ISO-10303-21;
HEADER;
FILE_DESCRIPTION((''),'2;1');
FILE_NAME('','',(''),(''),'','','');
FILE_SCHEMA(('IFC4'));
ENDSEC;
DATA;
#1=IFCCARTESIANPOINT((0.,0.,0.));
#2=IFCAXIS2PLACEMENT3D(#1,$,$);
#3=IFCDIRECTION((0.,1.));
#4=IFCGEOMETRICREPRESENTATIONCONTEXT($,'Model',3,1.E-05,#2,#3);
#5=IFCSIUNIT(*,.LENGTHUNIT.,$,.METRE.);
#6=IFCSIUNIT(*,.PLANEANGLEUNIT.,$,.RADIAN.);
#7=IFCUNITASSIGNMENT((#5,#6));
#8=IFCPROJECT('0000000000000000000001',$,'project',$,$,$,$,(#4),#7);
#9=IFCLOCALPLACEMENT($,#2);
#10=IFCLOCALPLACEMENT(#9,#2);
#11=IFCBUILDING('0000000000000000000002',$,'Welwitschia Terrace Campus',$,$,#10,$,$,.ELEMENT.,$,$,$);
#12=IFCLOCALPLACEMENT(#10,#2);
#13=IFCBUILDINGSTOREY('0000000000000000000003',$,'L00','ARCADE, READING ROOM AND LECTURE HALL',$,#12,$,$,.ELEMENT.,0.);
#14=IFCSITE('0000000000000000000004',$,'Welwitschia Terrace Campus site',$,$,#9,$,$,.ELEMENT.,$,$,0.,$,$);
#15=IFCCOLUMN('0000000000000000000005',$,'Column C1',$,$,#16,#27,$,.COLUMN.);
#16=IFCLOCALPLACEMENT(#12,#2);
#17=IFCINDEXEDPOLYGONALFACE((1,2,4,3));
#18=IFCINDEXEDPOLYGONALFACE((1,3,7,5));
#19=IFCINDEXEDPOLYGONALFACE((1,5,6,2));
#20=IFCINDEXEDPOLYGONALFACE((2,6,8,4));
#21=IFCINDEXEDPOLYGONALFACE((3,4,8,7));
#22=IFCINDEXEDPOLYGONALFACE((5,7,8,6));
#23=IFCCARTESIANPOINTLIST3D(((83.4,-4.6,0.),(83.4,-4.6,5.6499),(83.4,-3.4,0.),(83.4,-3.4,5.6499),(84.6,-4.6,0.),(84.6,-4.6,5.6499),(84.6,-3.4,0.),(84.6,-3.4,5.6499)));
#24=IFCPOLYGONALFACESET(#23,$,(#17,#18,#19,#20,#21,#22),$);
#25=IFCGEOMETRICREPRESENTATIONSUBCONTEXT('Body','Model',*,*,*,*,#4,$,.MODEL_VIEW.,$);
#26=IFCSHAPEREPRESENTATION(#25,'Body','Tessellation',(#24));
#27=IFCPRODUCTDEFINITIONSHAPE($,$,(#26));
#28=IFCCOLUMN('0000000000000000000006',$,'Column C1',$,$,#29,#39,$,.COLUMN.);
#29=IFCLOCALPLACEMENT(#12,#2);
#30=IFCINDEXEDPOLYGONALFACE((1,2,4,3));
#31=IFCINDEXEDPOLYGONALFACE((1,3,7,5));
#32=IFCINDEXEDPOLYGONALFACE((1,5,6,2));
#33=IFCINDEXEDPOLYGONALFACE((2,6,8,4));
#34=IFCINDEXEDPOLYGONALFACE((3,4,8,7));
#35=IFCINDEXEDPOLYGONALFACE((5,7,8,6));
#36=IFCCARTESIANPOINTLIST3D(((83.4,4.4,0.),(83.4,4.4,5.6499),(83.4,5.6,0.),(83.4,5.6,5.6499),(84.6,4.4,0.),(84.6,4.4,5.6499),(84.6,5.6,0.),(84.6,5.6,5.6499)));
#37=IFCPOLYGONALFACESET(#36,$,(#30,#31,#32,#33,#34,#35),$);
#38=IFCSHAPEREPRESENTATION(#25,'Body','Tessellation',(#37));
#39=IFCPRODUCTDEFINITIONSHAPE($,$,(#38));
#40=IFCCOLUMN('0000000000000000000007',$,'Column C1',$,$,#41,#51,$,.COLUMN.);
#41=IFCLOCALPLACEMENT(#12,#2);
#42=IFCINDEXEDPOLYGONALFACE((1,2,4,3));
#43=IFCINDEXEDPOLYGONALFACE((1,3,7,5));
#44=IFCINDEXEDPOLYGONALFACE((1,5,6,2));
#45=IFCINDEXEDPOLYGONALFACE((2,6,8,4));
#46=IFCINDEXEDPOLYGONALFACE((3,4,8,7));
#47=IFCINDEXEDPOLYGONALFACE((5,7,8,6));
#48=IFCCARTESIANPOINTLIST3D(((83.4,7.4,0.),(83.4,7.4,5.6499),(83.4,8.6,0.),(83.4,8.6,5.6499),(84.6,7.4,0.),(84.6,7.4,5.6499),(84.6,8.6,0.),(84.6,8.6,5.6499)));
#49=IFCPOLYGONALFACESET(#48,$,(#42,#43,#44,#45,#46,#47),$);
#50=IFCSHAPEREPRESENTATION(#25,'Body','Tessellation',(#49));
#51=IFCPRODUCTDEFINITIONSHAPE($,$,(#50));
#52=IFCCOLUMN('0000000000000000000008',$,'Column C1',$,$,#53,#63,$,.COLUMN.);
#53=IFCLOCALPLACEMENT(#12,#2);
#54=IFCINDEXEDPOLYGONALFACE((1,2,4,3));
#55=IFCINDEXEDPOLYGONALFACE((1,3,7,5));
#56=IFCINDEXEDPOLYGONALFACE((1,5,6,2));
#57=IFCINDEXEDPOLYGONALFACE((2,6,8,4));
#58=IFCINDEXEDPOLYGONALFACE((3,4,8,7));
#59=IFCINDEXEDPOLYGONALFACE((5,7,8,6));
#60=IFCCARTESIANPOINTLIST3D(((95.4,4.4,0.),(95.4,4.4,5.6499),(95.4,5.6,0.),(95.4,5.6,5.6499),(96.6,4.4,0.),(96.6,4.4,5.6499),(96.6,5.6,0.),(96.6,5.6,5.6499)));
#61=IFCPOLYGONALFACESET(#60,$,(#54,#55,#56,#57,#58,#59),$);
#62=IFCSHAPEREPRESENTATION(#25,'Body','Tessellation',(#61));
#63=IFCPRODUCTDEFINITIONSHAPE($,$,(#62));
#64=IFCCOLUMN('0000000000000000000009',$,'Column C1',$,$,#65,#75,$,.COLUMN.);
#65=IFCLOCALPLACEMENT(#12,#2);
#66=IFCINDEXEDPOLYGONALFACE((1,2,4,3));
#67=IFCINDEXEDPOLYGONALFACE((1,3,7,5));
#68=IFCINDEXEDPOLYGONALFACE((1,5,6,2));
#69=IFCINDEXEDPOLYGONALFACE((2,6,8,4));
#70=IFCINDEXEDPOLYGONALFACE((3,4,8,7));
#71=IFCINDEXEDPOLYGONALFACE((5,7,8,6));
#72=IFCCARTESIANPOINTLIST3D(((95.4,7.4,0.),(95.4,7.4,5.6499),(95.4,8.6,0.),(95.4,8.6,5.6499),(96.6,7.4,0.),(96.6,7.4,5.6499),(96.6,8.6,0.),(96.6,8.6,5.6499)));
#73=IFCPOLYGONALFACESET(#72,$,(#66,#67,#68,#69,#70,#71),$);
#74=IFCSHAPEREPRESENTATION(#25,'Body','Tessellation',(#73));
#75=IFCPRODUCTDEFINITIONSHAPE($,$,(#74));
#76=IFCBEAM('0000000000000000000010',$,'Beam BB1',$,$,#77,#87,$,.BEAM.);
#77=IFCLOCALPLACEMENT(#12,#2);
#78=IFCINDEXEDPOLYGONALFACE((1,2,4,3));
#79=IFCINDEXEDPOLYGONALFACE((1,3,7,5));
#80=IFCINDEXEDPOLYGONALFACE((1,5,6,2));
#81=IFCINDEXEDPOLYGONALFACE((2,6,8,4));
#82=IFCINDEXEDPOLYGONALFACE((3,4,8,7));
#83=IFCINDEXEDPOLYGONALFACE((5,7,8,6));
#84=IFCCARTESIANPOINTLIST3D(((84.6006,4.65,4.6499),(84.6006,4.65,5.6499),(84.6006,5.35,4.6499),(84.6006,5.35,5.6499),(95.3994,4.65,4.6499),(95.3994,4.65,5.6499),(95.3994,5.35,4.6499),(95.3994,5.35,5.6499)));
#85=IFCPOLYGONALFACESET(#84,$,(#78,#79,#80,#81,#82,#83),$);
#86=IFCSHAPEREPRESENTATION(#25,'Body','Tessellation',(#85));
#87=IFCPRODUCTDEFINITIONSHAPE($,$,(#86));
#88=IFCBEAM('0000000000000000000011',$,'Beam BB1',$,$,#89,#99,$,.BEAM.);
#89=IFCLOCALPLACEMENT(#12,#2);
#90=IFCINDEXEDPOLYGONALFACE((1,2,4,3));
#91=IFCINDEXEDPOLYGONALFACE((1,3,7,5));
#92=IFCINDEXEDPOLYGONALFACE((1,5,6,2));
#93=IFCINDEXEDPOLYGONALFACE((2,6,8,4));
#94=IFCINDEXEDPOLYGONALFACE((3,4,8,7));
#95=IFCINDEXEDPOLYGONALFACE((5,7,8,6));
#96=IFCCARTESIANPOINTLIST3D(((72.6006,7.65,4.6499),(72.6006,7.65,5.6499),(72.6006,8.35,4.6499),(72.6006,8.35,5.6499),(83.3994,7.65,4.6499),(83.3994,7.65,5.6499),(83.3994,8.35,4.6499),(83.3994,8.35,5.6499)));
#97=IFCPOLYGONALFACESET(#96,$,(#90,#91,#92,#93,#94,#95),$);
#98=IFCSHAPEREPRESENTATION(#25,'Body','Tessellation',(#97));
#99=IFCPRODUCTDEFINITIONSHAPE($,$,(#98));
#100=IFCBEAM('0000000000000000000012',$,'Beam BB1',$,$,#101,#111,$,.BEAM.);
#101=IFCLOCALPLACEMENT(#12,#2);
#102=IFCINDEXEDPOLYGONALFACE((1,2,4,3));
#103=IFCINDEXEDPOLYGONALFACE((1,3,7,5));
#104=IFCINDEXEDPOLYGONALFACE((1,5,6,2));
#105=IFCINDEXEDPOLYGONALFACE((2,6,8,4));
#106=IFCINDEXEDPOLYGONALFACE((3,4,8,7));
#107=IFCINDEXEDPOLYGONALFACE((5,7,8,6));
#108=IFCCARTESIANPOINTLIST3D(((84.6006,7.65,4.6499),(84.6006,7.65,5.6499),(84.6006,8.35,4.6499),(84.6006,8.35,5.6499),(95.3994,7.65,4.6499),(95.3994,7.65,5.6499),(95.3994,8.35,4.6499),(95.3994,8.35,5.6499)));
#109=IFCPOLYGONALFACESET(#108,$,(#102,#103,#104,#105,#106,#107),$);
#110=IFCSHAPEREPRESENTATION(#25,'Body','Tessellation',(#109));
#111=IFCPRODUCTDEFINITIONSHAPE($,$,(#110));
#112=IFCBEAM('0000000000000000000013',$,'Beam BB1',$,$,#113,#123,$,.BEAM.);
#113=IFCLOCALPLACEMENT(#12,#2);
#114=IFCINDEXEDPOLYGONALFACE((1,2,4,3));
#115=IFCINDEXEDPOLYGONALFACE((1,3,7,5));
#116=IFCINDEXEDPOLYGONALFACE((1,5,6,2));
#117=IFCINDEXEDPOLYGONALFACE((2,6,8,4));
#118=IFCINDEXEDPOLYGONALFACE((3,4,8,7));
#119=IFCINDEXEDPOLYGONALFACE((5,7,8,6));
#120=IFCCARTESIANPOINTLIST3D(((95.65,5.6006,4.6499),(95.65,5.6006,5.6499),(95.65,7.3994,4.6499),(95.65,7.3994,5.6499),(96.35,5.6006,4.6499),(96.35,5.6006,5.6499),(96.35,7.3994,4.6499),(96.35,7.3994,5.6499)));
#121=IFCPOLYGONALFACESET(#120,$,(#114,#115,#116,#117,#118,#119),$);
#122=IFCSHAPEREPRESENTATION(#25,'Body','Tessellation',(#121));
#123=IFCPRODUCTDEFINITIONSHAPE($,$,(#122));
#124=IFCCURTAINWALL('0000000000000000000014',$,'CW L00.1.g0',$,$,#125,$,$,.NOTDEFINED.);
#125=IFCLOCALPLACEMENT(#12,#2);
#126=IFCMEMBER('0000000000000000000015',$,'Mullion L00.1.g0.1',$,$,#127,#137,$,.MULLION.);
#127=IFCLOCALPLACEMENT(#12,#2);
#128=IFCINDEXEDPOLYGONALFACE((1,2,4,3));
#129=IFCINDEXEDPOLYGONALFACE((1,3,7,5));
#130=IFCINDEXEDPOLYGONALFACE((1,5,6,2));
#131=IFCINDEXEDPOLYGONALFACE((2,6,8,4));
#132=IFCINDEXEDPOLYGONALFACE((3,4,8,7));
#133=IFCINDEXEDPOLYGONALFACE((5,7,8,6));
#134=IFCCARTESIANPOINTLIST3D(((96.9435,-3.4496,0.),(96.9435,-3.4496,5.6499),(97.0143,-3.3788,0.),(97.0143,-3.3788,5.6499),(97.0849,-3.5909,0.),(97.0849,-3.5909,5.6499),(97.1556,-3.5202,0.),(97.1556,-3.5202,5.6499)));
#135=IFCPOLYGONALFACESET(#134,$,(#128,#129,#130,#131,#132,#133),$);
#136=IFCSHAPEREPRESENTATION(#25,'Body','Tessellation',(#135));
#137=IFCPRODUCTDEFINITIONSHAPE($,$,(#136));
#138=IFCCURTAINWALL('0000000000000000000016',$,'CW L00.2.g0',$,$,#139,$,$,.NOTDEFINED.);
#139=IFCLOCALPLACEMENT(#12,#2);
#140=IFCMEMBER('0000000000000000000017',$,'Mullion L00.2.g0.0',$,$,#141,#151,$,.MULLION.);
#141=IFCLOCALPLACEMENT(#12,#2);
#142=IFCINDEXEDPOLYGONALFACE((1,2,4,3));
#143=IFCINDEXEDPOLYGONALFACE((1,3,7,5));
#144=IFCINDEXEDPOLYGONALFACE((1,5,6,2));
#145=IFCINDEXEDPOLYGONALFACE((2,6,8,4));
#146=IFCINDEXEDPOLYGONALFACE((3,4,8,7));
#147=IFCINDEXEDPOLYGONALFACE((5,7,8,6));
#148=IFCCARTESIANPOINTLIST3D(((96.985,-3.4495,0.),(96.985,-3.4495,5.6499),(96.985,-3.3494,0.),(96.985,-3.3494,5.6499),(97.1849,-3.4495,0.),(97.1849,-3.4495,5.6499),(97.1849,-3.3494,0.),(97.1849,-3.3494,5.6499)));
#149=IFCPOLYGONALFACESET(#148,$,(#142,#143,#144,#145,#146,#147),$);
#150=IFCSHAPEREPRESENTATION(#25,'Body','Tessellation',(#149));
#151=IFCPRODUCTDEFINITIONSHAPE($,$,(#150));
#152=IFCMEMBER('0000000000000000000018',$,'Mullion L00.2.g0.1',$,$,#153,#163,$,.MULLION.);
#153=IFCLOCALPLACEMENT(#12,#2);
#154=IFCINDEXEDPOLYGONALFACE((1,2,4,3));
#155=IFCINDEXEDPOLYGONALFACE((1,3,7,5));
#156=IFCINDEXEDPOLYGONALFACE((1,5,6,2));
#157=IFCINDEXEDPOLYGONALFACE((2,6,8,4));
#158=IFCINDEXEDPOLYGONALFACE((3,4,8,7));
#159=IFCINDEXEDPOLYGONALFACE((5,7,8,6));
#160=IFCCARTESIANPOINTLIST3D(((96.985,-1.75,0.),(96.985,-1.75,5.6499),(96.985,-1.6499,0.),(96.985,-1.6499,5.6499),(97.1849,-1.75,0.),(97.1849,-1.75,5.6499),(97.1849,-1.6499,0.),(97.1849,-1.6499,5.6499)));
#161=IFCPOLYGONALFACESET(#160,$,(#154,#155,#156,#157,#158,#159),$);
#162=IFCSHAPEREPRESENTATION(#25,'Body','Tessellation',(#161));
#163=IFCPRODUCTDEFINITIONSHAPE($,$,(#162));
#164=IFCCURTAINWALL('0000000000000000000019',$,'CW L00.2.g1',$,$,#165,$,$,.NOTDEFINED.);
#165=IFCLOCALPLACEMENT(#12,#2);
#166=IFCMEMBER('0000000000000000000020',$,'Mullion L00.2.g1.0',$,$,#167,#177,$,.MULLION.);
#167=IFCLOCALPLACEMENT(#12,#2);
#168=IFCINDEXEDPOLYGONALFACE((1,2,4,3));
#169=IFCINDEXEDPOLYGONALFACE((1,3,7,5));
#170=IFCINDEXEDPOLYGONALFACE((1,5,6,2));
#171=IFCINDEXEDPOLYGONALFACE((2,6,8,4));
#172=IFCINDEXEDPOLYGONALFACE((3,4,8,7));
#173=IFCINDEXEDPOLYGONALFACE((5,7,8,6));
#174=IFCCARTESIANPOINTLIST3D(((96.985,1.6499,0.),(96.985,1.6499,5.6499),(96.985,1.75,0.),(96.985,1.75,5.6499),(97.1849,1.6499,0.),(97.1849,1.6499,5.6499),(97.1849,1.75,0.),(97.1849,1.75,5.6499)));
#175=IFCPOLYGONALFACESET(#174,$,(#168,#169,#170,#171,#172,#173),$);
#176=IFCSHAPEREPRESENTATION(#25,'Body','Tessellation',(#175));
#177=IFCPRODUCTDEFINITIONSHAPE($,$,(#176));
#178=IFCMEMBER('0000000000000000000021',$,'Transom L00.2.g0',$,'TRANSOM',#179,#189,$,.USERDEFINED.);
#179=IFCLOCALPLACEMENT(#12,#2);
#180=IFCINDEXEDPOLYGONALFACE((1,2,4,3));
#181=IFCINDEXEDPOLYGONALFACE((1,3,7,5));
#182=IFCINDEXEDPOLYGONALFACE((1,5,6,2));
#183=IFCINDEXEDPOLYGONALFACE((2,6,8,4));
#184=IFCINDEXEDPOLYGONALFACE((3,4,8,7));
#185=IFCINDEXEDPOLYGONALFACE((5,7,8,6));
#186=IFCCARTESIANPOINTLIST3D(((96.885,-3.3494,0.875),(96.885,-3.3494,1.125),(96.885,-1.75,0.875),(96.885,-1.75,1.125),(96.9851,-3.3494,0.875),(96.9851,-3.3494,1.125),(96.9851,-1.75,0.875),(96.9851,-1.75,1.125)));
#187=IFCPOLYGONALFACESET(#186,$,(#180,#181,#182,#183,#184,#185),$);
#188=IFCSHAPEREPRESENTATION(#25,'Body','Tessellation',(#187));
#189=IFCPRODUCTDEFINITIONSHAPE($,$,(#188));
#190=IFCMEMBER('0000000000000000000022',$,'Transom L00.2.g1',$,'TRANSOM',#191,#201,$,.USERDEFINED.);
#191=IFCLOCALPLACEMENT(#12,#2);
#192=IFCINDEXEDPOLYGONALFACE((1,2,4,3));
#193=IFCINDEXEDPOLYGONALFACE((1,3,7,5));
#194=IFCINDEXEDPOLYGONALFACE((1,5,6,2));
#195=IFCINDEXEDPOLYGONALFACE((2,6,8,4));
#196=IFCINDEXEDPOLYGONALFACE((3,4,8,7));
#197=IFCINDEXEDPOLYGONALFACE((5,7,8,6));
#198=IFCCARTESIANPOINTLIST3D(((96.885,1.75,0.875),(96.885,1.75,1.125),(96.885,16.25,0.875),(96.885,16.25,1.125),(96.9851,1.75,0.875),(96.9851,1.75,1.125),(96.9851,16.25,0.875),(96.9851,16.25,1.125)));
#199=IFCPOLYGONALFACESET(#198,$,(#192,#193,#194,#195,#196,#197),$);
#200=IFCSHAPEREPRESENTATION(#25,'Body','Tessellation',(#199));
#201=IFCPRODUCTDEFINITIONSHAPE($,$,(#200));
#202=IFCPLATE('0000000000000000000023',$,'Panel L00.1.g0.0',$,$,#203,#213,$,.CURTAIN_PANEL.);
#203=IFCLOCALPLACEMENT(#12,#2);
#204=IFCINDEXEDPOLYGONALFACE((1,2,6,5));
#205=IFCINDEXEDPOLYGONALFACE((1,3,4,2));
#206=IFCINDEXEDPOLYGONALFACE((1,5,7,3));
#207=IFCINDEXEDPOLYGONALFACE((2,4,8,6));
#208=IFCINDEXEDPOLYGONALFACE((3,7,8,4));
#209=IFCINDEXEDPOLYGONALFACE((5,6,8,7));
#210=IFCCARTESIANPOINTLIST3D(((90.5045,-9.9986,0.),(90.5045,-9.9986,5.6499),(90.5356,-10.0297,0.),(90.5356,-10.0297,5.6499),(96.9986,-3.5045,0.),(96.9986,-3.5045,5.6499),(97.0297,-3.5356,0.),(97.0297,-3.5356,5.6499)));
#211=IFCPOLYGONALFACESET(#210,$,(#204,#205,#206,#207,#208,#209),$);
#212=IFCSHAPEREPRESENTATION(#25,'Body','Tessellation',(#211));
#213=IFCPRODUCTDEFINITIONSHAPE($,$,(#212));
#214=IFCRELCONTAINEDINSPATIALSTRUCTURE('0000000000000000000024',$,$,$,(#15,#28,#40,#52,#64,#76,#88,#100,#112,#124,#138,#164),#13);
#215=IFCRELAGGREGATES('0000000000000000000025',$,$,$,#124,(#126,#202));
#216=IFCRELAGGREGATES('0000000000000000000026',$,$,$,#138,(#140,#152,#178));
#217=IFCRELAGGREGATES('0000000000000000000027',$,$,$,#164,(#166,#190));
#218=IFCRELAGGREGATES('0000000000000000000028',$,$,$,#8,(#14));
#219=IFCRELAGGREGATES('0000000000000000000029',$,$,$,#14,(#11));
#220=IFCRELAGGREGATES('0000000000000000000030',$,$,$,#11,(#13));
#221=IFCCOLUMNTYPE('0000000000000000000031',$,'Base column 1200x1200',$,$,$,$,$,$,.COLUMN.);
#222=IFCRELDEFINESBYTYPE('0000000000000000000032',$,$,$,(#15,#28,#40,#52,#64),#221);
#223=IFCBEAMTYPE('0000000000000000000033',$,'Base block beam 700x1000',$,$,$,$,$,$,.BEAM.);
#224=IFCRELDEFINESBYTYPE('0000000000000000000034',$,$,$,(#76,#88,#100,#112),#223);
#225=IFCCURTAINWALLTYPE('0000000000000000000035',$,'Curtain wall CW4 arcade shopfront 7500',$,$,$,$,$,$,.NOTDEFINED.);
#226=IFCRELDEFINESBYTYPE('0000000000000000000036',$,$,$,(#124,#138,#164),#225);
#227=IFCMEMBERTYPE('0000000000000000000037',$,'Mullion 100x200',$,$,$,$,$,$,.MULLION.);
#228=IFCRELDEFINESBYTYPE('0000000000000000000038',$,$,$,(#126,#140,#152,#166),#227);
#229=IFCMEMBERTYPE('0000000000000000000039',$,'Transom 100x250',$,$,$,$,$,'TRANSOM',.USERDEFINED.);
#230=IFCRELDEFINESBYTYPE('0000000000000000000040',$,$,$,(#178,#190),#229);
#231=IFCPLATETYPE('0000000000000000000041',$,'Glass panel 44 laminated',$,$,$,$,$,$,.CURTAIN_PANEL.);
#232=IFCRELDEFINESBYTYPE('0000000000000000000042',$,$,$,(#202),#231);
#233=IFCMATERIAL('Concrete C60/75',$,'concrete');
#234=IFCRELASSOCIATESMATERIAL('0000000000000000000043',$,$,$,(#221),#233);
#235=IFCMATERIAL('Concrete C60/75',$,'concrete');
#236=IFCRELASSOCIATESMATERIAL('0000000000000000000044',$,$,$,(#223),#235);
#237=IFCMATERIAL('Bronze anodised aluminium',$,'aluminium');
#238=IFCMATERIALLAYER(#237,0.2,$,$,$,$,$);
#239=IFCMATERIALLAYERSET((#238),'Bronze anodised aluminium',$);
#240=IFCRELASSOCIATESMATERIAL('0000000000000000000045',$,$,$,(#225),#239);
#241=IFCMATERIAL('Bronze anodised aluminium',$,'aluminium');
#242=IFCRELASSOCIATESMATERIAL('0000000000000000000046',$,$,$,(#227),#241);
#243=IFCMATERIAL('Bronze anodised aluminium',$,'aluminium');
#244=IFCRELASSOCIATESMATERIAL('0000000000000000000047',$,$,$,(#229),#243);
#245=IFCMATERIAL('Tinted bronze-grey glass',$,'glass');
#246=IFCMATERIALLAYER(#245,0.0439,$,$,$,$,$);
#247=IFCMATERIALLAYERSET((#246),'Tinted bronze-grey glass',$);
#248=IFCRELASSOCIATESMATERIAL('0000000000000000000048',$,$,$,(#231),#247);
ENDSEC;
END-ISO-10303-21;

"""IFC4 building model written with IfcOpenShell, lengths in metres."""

from ifc_helpers import new_model, si_unit, direction, frame, origin, origin_2d, place, context, subcontext, project, spatial, rectangle, extrude, material, layer, layer_set, material_profile, profile_set, type_object, element, aggregate, save


model = new_model("IFC4")

# Units and contexts
model_context = context("Model", 3, precision=1e-05, world=origin(), true_north=direction((0.0, 1.0)))
body_context = subcontext(model_context, "Body", "Model", "MODEL_VIEW")
ifc_project = project(units=[si_unit("LENGTHUNIT", "METRE"), si_unit("PLANEANGLEUNIT", "RADIAN")], contexts=[model_context])

# Site, building, storey
site_placement = place(None, origin())
site = spatial("IfcSite", under=ifc_project, at=site_placement, Name="Welwitschia Terrace Campus site", CompositionType="ELEMENT", RefElevation=0.0)
building_placement = place(site_placement, origin())
building = spatial("IfcBuilding", under=site, at=building_placement, Name="Welwitschia Terrace Campus", CompositionType="ELEMENT")
storey_placement = place(building_placement, origin())
storey = spatial("IfcBuildingStorey", under=building, at=storey_placement, Name="L00", Description="ARCADE, READING ROOM AND LECTURE HALL", CompositionType="ELEMENT", Elevation=0.0)

# Columns
ifc_material_1 = material(Name="Concrete C60/75", Category="concrete")
ifc_material_profile_1 = material_profile(ifc_material_1, rectangle(XDim=1.2, YDim=1.2, at=origin_2d()))
ifc_profile_set_1 = profile_set([ifc_material_profile_1], Name="Concrete C60/75")
column_type = type_object("IfcColumnType", Name="Base column 1200x1200", PredefinedType="COLUMN", material=ifc_profile_set_1)
for number, where, z_axis, x_axis, name in (
    (1, (84.0, -4.0, 0.0), (0.0, 0.0, 1.0), (1.0, 0.0, 0.0), "Column C1"),
    (2, (84.0, 5.0, 0.0), (0.0, 0.0, 1.0), (1.0, 0.0, 0.0), "Column C1"),
    (3, (84.0, 8.0, 0.0), (0.0, 0.0, 1.0), (1.0, 0.0, 0.0), "Column C1"),
    (4, (96.0, 5.0, 0.0), (0.0, 0.0, 1.0), (1.0, 0.0, 0.0), "Column C1"),
    (5, (96.0, 8.0, 0.0), (0.0, 0.0, 1.0), (1.0, 0.0, 0.0), "Column C1"),
):
    element("IfcColumn", number, at=place(storey_placement, frame(where, z_axis=z_axis, x_axis=x_axis)), inside=storey, type_object=column_type, Name=name, PredefinedType="COLUMN", context=body_context, shape_type="SweptSolid", body=[
        extrude(rectangle(XDim=1.2, YDim=1.2, at=origin_2d()), origin(), (0.0, 0.0, 1.0), 5.6499),
    ])

# Beams
ifc_material_2 = material(Name="Concrete C60/75", Category="concrete")
ifc_material_profile_2 = material_profile(ifc_material_2, rectangle(XDim=0.7, YDim=1.0, at=origin_2d()))
ifc_profile_set_2 = profile_set([ifc_material_profile_2], Name="Concrete C60/75")
beam_type = type_object("IfcBeamType", Name="Base block beam 700x1000", PredefinedType="BEAM", material=ifc_profile_set_2)
for number, where, z_axis, x_axis, name in (
    (6, (84.6006, 5.0, 5.1499), (1.0, 0.0, 0.0), (0.0, 1.0, 0.0), "Beam BB1"),
    (7, (72.6006, 8.0, 5.1499), (1.0, 0.0, 0.0), (0.0, 1.0, 0.0), "Beam BB1"),
    (8, (84.6006, 8.0, 5.1499), (1.0, 0.0, 0.0), (0.0, 1.0, 0.0), "Beam BB1"),
):
    element("IfcBeam", number, at=place(storey_placement, frame(where, z_axis=z_axis, x_axis=x_axis)), inside=storey, type_object=beam_type, Name=name, PredefinedType="BEAM", context=body_context, shape_type="SweptSolid", body=[
        extrude(rectangle(XDim=0.7, YDim=1.0, at=origin_2d()), origin(), (0.0, 0.0, 1.0), 10.7988),
    ])
beam_placement = place(storey_placement, frame((96.0, 5.6006, 5.1499), z_axis=(0.0, 1.0, 0.0), x_axis=(-1.0, 0.0, 0.0)))
element("IfcBeam", 9, at=beam_placement, inside=storey, type_object=beam_type, Name="Beam BB1", PredefinedType="BEAM", context=body_context, shape_type="SweptSolid", body=[
    extrude(rectangle(XDim=0.7, YDim=1.0, at=origin_2d()), origin(), (0.0, 0.0, 1.0), 1.7988),
])

# Curtain wall, member
ifc_material_3 = material(Name="Bronze anodised aluminium", Category="aluminium")
ifc_layer_1 = layer(ifc_material_3, 0.2)
ifc_layer_set_1 = layer_set([ifc_layer_1], Name="Bronze anodised aluminium")
curtain_wall_type = type_object("IfcCurtainWallType", Name="Curtain wall CW4 arcade shopfront 7500", PredefinedType="NOTDEFINED", material=ifc_layer_set_1)
curtain_wall_1_placement = place(storey_placement, origin())
curtain_wall_1 = element("IfcCurtainWall", 10, at=curtain_wall_1_placement, inside=storey, type_object=curtain_wall_type, Name="CW L00.1.g0", PredefinedType="NOTDEFINED")
ifc_material_4 = material(Name="Bronze anodised aluminium", Category="aluminium")
ifc_material_profile_3 = material_profile(ifc_material_4, rectangle(XDim=0.2, YDim=0.1001, at=origin_2d()))
ifc_profile_set_3 = profile_set([ifc_material_profile_3], Name="Bronze anodised aluminium")
member_type_1 = type_object("IfcMemberType", Name="Mullion 100x200", PredefinedType="MULLION", material=ifc_profile_set_3)
member_1_placement = place(storey_placement, frame((97.0496, -3.4849, 0.0), z_axis=(0.0, 0.0, 1.0), x_axis=(-0.707107, 0.707107, 0.0)))
member_1 = element("IfcMember", 11, at=member_1_placement, type_object=member_type_1, Name="Mullion L00.1.g0.1", PredefinedType="MULLION", context=body_context, shape_type="SweptSolid", body=[
    extrude(rectangle(XDim=0.2, YDim=0.1001, at=origin_2d()), origin(), (0.0, 0.0, 1.0), 5.6499),
])

# Curtain wall, members
curtain_wall_2_placement = place(storey_placement, origin())
curtain_wall_2 = element("IfcCurtainWall", 12, at=curtain_wall_2_placement, inside=storey, type_object=curtain_wall_type, Name="CW L00.2.g0", PredefinedType="NOTDEFINED")
member_2_placement = place(storey_placement, frame((97.085, -3.3994, 0.0), z_axis=(0.0, 0.0, 1.0), x_axis=(-1.0, 0.0, 0.0)))
member_2 = element("IfcMember", 13, at=member_2_placement, type_object=member_type_1, Name="Mullion L00.2.g0.0", PredefinedType="MULLION", context=body_context, shape_type="SweptSolid", body=[
    extrude(rectangle(XDim=0.2, YDim=0.1001, at=origin_2d()), origin(), (0.0, 0.0, 1.0), 5.6499),
])
member_3_placement = place(storey_placement, frame((97.085, -1.7, 0.0), z_axis=(0.0, 0.0, 1.0), x_axis=(-1.0, 0.0, 0.0)))
member_3 = element("IfcMember", 14, at=member_3_placement, type_object=member_type_1, Name="Mullion L00.2.g0.1", PredefinedType="MULLION", context=body_context, shape_type="SweptSolid", body=[
    extrude(rectangle(XDim=0.2, YDim=0.1001, at=origin_2d()), origin(), (0.0, 0.0, 1.0), 5.6499),
])

# Curtain wall, member
curtain_wall_3_placement = place(storey_placement, origin())
curtain_wall_3 = element("IfcCurtainWall", 15, at=curtain_wall_3_placement, inside=storey, type_object=curtain_wall_type, Name="CW L00.2.g1", PredefinedType="NOTDEFINED")
member_4_placement = place(storey_placement, frame((97.085, 1.7, 0.0), z_axis=(0.0, 0.0, 1.0), x_axis=(-1.0, 0.0, 0.0)))
member_4 = element("IfcMember", 16, at=member_4_placement, type_object=member_type_1, Name="Mullion L00.2.g1.0", PredefinedType="MULLION", context=body_context, shape_type="SweptSolid", body=[
    extrude(rectangle(XDim=0.2, YDim=0.1001, at=origin_2d()), origin(), (0.0, 0.0, 1.0), 5.6499),
])

# Members
ifc_material_5 = material(Name="Bronze anodised aluminium", Category="aluminium")
ifc_material_profile_4 = material_profile(ifc_material_5, rectangle(XDim=0.1001, YDim=0.25, at=origin_2d()))
ifc_profile_set_4 = profile_set([ifc_material_profile_4], Name="Bronze anodised aluminium")
member_type_2 = type_object("IfcMemberType", Name="Transom 100x250", ElementType="TRANSOM", PredefinedType="USERDEFINED", material=ifc_profile_set_4)
member_5_placement = place(storey_placement, frame((96.9351, -3.3494, 1.0), z_axis=(0.0, 1.0, 0.0), x_axis=(-1.0, 0.0, 0.0)))
member_5 = element("IfcMember", 17, at=member_5_placement, type_object=member_type_2, Name="Transom L00.2.g0", ObjectType="TRANSOM", PredefinedType="USERDEFINED", context=body_context, shape_type="SweptSolid", body=[
    extrude(rectangle(XDim=0.1001, YDim=0.25, at=origin_2d()), origin(), (0.0, 0.0, 1.0), 1.5994),
])
member_6_placement = place(storey_placement, frame((96.9351, 1.75, 1.0), z_axis=(0.0, 1.0, 0.0), x_axis=(-1.0, 0.0, 0.0)))
member_6 = element("IfcMember", 18, at=member_6_placement, type_object=member_type_2, Name="Transom L00.2.g1", ObjectType="TRANSOM", PredefinedType="USERDEFINED", context=body_context, shape_type="SweptSolid", body=[
    extrude(rectangle(XDim=0.1001, YDim=0.25, at=origin_2d()), origin(), (0.0, 0.0, 1.0), 14.5),
])

# Plate
ifc_material_6 = material(Name="Tinted bronze-grey glass", Category="glass")
ifc_layer_2 = layer(ifc_material_6, 0.0439)
ifc_layer_set_2 = layer_set([ifc_layer_2], Name="Tinted bronze-grey glass")
plate_type = type_object("IfcPlateType", Name="Glass panel 44 laminated", PredefinedType="CURTAIN_PANEL", material=ifc_layer_set_2)
plate_1_placement = place(storey_placement, frame((93.7671, -6.7671, 0.0), z_axis=(0.0, 0.0, 1.0), x_axis=(0.707107, 0.707107, 0.0)))
plate_1 = element("IfcPlate", 19, at=plate_1_placement, type_object=plate_type, Name="Panel L00.1.g0.0", PredefinedType="CURTAIN_PANEL", context=body_context, shape_type="SweptSolid", body=[
    extrude(rectangle(XDim=9.1841, YDim=0.0439, at=origin_2d()), origin(), (0.0, 0.0, 1.0), 5.6499),
])
aggregate(curtain_wall_1, [member_1, plate_1])
aggregate(curtain_wall_2, [member_2, member_3, member_5])
aggregate(curtain_wall_3, [member_4, member_6])

save(model, "model.ifc")
